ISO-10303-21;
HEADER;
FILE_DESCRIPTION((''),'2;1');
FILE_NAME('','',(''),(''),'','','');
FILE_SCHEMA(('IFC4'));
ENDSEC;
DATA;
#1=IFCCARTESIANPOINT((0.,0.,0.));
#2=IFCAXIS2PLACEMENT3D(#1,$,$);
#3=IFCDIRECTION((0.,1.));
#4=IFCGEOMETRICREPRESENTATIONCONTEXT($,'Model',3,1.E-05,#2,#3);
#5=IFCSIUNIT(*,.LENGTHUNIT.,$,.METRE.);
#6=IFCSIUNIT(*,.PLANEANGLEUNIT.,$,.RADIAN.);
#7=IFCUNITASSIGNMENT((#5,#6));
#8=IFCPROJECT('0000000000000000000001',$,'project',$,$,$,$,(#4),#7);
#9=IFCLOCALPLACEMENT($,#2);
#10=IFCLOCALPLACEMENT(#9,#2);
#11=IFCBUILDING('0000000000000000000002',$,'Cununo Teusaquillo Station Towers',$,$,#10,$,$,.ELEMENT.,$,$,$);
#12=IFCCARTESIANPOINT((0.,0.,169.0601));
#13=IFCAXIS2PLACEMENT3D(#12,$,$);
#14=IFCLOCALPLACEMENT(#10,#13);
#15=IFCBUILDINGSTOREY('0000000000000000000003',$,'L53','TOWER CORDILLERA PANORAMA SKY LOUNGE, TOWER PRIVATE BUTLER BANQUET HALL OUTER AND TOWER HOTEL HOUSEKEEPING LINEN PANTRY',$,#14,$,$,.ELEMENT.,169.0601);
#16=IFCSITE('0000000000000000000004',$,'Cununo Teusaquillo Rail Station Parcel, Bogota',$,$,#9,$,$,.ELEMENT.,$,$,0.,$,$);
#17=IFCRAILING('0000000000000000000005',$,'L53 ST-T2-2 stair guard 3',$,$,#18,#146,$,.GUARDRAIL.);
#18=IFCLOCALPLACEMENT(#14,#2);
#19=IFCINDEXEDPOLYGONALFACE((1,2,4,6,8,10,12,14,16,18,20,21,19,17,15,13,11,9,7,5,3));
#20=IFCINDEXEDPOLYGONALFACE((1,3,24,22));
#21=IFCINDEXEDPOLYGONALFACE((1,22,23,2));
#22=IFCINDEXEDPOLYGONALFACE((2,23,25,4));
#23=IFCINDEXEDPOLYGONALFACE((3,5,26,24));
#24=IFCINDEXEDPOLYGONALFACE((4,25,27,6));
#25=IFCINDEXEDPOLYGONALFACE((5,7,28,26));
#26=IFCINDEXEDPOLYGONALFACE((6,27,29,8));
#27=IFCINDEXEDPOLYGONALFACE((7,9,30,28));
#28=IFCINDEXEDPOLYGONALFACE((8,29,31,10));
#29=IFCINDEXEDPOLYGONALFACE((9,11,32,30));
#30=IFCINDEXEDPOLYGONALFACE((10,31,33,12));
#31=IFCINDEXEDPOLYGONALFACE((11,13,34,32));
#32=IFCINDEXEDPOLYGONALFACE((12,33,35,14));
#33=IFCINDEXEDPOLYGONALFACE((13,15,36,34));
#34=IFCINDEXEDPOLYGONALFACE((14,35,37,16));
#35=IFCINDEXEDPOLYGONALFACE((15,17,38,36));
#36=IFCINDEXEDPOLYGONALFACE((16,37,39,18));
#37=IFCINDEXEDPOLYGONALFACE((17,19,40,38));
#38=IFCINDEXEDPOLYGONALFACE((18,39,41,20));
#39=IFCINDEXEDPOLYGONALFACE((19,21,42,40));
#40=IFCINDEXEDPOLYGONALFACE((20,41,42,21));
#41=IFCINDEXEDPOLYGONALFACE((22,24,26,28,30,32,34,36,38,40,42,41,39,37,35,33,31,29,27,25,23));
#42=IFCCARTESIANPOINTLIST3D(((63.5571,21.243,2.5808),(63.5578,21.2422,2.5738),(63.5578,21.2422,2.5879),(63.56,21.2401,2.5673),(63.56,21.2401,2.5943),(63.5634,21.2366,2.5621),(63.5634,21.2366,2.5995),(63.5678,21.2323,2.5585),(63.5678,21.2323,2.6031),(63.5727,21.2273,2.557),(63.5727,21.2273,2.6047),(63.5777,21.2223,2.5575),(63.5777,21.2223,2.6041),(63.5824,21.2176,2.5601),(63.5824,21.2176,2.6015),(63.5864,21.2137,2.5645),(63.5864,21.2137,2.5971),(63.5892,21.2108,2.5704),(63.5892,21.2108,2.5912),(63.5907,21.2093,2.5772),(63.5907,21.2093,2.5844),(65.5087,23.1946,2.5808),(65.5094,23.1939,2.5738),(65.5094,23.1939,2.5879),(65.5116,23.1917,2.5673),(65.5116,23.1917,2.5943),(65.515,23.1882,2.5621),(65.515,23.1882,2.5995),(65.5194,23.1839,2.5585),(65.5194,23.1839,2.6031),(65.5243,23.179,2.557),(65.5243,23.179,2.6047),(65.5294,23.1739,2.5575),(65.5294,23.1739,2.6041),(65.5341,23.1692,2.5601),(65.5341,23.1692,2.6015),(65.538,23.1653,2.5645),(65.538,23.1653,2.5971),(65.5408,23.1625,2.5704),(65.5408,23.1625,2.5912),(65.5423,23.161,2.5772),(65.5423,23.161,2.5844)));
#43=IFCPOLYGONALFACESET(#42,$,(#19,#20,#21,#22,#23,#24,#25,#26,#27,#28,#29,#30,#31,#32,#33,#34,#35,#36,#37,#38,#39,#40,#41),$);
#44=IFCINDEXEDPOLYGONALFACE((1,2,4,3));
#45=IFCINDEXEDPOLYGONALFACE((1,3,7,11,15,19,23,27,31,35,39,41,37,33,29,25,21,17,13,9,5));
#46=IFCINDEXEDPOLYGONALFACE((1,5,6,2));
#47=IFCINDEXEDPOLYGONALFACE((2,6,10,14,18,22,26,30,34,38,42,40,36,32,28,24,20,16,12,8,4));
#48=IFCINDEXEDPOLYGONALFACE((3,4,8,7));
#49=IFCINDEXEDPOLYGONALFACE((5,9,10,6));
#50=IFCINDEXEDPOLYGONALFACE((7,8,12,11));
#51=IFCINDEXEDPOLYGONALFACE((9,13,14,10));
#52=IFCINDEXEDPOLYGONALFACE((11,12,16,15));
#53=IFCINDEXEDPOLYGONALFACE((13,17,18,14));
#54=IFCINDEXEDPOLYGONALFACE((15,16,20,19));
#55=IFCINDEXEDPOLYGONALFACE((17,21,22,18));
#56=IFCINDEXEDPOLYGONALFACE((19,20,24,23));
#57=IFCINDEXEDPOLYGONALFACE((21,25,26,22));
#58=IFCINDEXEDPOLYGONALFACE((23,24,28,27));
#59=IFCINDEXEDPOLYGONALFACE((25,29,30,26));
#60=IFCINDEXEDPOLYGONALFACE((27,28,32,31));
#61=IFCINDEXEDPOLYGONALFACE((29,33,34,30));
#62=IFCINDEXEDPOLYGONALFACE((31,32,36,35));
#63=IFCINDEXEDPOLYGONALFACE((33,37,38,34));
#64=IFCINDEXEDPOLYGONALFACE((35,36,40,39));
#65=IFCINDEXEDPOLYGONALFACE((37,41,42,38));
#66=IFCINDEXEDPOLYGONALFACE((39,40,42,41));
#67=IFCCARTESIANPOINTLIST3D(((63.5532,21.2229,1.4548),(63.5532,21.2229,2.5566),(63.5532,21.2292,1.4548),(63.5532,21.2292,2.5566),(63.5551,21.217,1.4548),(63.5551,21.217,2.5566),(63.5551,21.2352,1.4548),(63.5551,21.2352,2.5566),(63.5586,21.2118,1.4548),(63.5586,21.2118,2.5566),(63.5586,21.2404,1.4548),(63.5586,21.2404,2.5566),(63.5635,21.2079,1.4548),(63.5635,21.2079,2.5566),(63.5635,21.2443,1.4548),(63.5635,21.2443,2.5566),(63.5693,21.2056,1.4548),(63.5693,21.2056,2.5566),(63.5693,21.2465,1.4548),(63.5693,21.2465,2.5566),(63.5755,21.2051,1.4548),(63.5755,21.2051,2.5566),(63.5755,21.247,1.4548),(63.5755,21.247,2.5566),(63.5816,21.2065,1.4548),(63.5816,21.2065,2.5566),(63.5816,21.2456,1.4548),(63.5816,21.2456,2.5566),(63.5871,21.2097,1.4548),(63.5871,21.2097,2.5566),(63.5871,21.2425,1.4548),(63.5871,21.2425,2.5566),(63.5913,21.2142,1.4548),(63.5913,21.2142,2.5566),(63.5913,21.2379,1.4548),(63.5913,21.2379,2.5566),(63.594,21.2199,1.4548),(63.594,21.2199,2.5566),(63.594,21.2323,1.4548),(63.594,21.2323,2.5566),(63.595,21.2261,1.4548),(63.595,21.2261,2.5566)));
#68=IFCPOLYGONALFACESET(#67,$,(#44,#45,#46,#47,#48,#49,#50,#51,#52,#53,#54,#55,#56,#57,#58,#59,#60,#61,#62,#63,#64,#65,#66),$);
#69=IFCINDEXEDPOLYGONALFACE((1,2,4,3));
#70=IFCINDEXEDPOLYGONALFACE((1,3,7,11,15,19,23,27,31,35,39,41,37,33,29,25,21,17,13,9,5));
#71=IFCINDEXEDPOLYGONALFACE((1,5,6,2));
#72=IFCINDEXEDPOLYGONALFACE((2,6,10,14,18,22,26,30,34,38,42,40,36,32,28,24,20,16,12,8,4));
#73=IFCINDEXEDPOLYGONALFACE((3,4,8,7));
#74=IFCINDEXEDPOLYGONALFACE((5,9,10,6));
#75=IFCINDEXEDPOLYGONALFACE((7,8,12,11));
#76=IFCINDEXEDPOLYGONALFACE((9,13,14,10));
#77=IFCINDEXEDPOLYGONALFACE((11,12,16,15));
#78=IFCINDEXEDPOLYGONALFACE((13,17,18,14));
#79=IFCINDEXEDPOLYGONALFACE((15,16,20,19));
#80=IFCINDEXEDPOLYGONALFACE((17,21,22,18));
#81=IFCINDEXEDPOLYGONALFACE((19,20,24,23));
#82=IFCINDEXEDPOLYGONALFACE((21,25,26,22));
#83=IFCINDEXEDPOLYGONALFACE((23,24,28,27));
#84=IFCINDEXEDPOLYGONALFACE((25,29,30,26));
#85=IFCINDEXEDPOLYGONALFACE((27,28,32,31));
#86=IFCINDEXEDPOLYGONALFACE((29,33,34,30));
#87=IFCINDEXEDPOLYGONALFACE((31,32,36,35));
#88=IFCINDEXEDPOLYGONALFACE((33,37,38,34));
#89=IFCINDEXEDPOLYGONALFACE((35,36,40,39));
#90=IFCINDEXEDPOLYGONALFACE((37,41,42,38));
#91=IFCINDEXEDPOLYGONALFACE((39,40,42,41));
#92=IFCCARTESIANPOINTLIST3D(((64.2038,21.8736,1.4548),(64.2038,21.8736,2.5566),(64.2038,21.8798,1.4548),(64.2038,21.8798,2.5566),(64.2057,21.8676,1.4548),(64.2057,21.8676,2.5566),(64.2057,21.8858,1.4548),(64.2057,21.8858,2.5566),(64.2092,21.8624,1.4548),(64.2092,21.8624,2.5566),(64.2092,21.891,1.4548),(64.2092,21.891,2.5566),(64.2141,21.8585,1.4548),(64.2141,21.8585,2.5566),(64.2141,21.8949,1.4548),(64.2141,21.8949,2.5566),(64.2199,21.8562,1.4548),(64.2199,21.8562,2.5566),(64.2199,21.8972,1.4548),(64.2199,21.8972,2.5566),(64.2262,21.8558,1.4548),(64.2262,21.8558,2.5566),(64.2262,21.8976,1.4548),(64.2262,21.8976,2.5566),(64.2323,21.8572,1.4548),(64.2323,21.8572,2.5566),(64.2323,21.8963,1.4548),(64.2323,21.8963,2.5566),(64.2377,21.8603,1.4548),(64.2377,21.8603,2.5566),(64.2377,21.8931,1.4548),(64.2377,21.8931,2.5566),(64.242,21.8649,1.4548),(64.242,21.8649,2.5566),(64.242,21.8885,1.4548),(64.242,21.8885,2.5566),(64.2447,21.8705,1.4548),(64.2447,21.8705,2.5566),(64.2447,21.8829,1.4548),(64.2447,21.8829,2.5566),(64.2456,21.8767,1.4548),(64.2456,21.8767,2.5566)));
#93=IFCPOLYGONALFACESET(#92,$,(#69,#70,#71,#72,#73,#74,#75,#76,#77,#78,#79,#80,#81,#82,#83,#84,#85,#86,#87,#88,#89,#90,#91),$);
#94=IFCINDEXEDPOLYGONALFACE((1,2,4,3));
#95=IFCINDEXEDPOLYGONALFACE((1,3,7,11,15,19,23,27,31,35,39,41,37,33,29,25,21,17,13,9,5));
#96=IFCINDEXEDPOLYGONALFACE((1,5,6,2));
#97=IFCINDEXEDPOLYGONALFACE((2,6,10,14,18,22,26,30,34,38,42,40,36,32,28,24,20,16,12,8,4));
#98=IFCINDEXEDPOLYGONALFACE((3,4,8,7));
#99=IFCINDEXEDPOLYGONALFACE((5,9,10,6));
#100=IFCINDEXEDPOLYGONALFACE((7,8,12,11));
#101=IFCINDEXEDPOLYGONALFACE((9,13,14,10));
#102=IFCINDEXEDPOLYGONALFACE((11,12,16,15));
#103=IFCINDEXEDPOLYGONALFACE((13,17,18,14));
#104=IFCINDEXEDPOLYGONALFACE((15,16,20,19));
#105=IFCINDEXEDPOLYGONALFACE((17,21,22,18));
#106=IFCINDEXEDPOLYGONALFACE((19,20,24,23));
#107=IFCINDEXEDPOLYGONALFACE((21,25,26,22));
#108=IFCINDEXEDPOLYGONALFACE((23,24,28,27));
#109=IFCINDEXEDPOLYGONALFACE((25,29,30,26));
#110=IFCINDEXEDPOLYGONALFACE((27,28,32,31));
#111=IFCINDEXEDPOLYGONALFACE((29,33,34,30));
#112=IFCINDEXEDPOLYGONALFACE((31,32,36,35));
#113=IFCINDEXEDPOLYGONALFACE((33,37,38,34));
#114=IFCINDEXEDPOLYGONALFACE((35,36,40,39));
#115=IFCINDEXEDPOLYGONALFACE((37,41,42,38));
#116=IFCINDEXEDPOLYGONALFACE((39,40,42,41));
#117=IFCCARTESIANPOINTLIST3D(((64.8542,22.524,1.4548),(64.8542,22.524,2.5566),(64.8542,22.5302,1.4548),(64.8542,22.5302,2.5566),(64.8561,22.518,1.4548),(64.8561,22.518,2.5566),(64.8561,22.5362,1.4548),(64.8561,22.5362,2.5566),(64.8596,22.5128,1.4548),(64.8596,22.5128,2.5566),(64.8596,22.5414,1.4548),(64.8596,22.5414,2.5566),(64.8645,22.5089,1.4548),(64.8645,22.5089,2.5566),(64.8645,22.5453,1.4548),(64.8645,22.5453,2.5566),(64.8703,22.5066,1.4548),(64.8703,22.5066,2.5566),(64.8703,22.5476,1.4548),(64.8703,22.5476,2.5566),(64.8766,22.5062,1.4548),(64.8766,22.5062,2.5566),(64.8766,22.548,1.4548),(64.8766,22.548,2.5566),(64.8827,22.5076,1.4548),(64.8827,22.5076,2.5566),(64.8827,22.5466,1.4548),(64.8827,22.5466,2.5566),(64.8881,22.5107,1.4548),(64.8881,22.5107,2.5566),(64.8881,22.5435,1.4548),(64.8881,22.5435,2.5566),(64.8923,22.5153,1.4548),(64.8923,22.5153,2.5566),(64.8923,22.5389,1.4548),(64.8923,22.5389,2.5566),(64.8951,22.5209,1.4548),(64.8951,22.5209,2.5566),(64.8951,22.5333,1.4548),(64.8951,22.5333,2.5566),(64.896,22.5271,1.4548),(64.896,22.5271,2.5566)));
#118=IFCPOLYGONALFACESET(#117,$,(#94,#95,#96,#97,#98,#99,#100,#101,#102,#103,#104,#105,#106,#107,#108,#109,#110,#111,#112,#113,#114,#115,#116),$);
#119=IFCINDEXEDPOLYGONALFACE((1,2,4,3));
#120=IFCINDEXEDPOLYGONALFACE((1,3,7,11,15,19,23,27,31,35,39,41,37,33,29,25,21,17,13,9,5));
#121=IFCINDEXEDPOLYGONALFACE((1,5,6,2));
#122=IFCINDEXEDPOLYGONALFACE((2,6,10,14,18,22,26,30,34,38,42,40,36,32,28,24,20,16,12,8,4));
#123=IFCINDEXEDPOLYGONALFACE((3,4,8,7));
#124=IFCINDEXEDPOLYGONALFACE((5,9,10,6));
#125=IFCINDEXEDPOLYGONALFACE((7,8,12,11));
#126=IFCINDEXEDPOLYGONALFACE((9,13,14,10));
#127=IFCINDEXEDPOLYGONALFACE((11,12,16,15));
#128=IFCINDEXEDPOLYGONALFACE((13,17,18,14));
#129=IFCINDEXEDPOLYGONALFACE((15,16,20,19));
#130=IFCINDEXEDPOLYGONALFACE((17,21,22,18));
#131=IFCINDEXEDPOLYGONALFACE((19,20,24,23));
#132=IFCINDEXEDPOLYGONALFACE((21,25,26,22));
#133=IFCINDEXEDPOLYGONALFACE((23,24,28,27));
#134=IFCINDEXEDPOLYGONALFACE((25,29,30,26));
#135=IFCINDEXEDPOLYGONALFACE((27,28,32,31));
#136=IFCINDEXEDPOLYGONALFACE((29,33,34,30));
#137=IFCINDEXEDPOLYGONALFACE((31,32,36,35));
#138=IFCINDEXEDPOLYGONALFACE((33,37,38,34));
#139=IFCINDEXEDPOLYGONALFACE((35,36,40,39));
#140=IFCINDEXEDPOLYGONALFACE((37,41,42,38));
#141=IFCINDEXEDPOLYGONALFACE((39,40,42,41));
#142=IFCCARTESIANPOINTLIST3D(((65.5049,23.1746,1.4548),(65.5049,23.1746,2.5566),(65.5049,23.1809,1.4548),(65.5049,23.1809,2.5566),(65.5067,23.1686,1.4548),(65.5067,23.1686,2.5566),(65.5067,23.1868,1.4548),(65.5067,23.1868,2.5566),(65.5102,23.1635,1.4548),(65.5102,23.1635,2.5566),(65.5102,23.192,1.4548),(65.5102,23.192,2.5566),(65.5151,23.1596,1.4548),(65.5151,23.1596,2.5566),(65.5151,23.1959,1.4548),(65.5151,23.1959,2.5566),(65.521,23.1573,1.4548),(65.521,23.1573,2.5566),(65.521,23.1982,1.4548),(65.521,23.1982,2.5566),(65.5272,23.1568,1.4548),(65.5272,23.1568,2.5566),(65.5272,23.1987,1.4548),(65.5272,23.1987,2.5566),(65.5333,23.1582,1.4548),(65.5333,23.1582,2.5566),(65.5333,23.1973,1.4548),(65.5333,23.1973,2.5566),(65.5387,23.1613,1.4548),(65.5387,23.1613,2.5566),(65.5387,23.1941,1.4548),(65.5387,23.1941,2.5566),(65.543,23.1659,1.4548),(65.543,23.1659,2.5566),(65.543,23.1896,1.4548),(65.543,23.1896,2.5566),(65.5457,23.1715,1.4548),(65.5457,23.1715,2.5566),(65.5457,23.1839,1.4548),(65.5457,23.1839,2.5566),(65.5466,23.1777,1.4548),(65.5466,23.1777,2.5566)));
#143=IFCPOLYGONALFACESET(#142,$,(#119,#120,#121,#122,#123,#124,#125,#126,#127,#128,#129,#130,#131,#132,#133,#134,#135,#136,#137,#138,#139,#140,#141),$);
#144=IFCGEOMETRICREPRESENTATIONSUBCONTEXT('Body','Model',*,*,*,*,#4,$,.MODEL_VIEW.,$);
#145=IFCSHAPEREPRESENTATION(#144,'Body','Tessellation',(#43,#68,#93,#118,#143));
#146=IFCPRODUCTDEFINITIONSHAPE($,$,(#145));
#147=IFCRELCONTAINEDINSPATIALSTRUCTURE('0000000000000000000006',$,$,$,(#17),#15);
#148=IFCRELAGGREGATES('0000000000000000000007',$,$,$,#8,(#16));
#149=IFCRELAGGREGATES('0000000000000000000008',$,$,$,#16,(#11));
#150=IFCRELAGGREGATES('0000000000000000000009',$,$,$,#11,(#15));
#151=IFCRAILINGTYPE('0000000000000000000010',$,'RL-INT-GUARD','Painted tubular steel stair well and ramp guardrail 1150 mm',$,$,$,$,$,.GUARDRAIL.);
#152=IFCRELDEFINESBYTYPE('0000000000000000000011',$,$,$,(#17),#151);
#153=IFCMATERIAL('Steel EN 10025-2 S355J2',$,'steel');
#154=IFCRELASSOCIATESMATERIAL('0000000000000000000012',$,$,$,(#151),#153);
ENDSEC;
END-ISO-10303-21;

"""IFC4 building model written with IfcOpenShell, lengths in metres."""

from ifc_helpers import new_model, si_unit, direction, frame, origin, origin_2d, place, context, subcontext, project, spatial, circle, extrude, material, type_object, element, save


model = new_model("IFC4")

# Units and contexts
model_context = context("Model", 3, precision=1e-05, world=origin(), true_north=direction((0.0, 1.0)))
body_context = subcontext(model_context, "Body", "Model", "MODEL_VIEW")
ifc_project = project(units=[si_unit("LENGTHUNIT", "METRE"), si_unit("PLANEANGLEUNIT", "RADIAN")], contexts=[model_context])

# Site, building, storey
site_placement = place(None, origin())
site = spatial("IfcSite", under=ifc_project, at=site_placement, Name="Cununo Teusaquillo Rail Station Parcel, Bogota", CompositionType="ELEMENT", RefElevation=0.0)
building_placement = place(site_placement, origin())
building = spatial("IfcBuilding", under=site, at=building_placement, Name="Cununo Teusaquillo Station Towers", CompositionType="ELEMENT")
storey_placement = place(building_placement, frame((0.0, 0.0, 169.0601)))
storey = spatial("IfcBuildingStorey", under=building, at=storey_placement, Name="L53", Description="TOWER CORDILLERA PANORAMA SKY LOUNGE, TOWER PRIVATE BUTLER BANQUET HALL OUTER AND TOWER HOTEL HOUSEKEEPING LINEN PANTRY", CompositionType="ELEMENT", Elevation=169.0601)

# Railing
ifc_material_1 = material(Name="Steel EN 10025-2 S355J2", Category="steel")
railing_type = type_object("IfcRailingType", Name="RL-INT-GUARD", Description="Painted tubular steel stair well and ramp guardrail 1150 mm", PredefinedType="GUARDRAIL", material=ifc_material_1)
railing_1_placement = place(storey_placement, frame((63.574, 21.2261, 1.4548)))
element("IfcRailing", 1, at=railing_1_placement, inside=storey, type_object=railing_type, Name="L53 ST-T2-2 stair guard 3", PredefinedType="GUARDRAIL", context=body_context, shape_type="SweptSolid", body=[
    extrude(circle(Radius=0.0239, at=origin_2d()), frame((0.0, 0.0, 1.126), z_axis=(0.707107, 0.707107, 0.0), x_axis=(-0.707107, 0.707107, 0.0)), (0.0, 0.0, 1.0), 2.76),
    extrude(circle(Radius=0.021, at=origin_2d()), origin(), (0.0, 0.0, 1.0), 1.1018),
    extrude(circle(Radius=0.021, at=origin_2d()), frame((0.6506, 0.6506, 0.0)), (0.0, 0.0, 1.0), 1.1018),
    extrude(circle(Radius=0.021, at=origin_2d()), frame((1.301, 1.301, 0.0)), (0.0, 0.0, 1.0), 1.1018),
    extrude(circle(Radius=0.021, at=origin_2d()), frame((1.9517, 1.9517, 0.0)), (0.0, 0.0, 1.0), 1.1018),
])

save(model, "model.ifc")
